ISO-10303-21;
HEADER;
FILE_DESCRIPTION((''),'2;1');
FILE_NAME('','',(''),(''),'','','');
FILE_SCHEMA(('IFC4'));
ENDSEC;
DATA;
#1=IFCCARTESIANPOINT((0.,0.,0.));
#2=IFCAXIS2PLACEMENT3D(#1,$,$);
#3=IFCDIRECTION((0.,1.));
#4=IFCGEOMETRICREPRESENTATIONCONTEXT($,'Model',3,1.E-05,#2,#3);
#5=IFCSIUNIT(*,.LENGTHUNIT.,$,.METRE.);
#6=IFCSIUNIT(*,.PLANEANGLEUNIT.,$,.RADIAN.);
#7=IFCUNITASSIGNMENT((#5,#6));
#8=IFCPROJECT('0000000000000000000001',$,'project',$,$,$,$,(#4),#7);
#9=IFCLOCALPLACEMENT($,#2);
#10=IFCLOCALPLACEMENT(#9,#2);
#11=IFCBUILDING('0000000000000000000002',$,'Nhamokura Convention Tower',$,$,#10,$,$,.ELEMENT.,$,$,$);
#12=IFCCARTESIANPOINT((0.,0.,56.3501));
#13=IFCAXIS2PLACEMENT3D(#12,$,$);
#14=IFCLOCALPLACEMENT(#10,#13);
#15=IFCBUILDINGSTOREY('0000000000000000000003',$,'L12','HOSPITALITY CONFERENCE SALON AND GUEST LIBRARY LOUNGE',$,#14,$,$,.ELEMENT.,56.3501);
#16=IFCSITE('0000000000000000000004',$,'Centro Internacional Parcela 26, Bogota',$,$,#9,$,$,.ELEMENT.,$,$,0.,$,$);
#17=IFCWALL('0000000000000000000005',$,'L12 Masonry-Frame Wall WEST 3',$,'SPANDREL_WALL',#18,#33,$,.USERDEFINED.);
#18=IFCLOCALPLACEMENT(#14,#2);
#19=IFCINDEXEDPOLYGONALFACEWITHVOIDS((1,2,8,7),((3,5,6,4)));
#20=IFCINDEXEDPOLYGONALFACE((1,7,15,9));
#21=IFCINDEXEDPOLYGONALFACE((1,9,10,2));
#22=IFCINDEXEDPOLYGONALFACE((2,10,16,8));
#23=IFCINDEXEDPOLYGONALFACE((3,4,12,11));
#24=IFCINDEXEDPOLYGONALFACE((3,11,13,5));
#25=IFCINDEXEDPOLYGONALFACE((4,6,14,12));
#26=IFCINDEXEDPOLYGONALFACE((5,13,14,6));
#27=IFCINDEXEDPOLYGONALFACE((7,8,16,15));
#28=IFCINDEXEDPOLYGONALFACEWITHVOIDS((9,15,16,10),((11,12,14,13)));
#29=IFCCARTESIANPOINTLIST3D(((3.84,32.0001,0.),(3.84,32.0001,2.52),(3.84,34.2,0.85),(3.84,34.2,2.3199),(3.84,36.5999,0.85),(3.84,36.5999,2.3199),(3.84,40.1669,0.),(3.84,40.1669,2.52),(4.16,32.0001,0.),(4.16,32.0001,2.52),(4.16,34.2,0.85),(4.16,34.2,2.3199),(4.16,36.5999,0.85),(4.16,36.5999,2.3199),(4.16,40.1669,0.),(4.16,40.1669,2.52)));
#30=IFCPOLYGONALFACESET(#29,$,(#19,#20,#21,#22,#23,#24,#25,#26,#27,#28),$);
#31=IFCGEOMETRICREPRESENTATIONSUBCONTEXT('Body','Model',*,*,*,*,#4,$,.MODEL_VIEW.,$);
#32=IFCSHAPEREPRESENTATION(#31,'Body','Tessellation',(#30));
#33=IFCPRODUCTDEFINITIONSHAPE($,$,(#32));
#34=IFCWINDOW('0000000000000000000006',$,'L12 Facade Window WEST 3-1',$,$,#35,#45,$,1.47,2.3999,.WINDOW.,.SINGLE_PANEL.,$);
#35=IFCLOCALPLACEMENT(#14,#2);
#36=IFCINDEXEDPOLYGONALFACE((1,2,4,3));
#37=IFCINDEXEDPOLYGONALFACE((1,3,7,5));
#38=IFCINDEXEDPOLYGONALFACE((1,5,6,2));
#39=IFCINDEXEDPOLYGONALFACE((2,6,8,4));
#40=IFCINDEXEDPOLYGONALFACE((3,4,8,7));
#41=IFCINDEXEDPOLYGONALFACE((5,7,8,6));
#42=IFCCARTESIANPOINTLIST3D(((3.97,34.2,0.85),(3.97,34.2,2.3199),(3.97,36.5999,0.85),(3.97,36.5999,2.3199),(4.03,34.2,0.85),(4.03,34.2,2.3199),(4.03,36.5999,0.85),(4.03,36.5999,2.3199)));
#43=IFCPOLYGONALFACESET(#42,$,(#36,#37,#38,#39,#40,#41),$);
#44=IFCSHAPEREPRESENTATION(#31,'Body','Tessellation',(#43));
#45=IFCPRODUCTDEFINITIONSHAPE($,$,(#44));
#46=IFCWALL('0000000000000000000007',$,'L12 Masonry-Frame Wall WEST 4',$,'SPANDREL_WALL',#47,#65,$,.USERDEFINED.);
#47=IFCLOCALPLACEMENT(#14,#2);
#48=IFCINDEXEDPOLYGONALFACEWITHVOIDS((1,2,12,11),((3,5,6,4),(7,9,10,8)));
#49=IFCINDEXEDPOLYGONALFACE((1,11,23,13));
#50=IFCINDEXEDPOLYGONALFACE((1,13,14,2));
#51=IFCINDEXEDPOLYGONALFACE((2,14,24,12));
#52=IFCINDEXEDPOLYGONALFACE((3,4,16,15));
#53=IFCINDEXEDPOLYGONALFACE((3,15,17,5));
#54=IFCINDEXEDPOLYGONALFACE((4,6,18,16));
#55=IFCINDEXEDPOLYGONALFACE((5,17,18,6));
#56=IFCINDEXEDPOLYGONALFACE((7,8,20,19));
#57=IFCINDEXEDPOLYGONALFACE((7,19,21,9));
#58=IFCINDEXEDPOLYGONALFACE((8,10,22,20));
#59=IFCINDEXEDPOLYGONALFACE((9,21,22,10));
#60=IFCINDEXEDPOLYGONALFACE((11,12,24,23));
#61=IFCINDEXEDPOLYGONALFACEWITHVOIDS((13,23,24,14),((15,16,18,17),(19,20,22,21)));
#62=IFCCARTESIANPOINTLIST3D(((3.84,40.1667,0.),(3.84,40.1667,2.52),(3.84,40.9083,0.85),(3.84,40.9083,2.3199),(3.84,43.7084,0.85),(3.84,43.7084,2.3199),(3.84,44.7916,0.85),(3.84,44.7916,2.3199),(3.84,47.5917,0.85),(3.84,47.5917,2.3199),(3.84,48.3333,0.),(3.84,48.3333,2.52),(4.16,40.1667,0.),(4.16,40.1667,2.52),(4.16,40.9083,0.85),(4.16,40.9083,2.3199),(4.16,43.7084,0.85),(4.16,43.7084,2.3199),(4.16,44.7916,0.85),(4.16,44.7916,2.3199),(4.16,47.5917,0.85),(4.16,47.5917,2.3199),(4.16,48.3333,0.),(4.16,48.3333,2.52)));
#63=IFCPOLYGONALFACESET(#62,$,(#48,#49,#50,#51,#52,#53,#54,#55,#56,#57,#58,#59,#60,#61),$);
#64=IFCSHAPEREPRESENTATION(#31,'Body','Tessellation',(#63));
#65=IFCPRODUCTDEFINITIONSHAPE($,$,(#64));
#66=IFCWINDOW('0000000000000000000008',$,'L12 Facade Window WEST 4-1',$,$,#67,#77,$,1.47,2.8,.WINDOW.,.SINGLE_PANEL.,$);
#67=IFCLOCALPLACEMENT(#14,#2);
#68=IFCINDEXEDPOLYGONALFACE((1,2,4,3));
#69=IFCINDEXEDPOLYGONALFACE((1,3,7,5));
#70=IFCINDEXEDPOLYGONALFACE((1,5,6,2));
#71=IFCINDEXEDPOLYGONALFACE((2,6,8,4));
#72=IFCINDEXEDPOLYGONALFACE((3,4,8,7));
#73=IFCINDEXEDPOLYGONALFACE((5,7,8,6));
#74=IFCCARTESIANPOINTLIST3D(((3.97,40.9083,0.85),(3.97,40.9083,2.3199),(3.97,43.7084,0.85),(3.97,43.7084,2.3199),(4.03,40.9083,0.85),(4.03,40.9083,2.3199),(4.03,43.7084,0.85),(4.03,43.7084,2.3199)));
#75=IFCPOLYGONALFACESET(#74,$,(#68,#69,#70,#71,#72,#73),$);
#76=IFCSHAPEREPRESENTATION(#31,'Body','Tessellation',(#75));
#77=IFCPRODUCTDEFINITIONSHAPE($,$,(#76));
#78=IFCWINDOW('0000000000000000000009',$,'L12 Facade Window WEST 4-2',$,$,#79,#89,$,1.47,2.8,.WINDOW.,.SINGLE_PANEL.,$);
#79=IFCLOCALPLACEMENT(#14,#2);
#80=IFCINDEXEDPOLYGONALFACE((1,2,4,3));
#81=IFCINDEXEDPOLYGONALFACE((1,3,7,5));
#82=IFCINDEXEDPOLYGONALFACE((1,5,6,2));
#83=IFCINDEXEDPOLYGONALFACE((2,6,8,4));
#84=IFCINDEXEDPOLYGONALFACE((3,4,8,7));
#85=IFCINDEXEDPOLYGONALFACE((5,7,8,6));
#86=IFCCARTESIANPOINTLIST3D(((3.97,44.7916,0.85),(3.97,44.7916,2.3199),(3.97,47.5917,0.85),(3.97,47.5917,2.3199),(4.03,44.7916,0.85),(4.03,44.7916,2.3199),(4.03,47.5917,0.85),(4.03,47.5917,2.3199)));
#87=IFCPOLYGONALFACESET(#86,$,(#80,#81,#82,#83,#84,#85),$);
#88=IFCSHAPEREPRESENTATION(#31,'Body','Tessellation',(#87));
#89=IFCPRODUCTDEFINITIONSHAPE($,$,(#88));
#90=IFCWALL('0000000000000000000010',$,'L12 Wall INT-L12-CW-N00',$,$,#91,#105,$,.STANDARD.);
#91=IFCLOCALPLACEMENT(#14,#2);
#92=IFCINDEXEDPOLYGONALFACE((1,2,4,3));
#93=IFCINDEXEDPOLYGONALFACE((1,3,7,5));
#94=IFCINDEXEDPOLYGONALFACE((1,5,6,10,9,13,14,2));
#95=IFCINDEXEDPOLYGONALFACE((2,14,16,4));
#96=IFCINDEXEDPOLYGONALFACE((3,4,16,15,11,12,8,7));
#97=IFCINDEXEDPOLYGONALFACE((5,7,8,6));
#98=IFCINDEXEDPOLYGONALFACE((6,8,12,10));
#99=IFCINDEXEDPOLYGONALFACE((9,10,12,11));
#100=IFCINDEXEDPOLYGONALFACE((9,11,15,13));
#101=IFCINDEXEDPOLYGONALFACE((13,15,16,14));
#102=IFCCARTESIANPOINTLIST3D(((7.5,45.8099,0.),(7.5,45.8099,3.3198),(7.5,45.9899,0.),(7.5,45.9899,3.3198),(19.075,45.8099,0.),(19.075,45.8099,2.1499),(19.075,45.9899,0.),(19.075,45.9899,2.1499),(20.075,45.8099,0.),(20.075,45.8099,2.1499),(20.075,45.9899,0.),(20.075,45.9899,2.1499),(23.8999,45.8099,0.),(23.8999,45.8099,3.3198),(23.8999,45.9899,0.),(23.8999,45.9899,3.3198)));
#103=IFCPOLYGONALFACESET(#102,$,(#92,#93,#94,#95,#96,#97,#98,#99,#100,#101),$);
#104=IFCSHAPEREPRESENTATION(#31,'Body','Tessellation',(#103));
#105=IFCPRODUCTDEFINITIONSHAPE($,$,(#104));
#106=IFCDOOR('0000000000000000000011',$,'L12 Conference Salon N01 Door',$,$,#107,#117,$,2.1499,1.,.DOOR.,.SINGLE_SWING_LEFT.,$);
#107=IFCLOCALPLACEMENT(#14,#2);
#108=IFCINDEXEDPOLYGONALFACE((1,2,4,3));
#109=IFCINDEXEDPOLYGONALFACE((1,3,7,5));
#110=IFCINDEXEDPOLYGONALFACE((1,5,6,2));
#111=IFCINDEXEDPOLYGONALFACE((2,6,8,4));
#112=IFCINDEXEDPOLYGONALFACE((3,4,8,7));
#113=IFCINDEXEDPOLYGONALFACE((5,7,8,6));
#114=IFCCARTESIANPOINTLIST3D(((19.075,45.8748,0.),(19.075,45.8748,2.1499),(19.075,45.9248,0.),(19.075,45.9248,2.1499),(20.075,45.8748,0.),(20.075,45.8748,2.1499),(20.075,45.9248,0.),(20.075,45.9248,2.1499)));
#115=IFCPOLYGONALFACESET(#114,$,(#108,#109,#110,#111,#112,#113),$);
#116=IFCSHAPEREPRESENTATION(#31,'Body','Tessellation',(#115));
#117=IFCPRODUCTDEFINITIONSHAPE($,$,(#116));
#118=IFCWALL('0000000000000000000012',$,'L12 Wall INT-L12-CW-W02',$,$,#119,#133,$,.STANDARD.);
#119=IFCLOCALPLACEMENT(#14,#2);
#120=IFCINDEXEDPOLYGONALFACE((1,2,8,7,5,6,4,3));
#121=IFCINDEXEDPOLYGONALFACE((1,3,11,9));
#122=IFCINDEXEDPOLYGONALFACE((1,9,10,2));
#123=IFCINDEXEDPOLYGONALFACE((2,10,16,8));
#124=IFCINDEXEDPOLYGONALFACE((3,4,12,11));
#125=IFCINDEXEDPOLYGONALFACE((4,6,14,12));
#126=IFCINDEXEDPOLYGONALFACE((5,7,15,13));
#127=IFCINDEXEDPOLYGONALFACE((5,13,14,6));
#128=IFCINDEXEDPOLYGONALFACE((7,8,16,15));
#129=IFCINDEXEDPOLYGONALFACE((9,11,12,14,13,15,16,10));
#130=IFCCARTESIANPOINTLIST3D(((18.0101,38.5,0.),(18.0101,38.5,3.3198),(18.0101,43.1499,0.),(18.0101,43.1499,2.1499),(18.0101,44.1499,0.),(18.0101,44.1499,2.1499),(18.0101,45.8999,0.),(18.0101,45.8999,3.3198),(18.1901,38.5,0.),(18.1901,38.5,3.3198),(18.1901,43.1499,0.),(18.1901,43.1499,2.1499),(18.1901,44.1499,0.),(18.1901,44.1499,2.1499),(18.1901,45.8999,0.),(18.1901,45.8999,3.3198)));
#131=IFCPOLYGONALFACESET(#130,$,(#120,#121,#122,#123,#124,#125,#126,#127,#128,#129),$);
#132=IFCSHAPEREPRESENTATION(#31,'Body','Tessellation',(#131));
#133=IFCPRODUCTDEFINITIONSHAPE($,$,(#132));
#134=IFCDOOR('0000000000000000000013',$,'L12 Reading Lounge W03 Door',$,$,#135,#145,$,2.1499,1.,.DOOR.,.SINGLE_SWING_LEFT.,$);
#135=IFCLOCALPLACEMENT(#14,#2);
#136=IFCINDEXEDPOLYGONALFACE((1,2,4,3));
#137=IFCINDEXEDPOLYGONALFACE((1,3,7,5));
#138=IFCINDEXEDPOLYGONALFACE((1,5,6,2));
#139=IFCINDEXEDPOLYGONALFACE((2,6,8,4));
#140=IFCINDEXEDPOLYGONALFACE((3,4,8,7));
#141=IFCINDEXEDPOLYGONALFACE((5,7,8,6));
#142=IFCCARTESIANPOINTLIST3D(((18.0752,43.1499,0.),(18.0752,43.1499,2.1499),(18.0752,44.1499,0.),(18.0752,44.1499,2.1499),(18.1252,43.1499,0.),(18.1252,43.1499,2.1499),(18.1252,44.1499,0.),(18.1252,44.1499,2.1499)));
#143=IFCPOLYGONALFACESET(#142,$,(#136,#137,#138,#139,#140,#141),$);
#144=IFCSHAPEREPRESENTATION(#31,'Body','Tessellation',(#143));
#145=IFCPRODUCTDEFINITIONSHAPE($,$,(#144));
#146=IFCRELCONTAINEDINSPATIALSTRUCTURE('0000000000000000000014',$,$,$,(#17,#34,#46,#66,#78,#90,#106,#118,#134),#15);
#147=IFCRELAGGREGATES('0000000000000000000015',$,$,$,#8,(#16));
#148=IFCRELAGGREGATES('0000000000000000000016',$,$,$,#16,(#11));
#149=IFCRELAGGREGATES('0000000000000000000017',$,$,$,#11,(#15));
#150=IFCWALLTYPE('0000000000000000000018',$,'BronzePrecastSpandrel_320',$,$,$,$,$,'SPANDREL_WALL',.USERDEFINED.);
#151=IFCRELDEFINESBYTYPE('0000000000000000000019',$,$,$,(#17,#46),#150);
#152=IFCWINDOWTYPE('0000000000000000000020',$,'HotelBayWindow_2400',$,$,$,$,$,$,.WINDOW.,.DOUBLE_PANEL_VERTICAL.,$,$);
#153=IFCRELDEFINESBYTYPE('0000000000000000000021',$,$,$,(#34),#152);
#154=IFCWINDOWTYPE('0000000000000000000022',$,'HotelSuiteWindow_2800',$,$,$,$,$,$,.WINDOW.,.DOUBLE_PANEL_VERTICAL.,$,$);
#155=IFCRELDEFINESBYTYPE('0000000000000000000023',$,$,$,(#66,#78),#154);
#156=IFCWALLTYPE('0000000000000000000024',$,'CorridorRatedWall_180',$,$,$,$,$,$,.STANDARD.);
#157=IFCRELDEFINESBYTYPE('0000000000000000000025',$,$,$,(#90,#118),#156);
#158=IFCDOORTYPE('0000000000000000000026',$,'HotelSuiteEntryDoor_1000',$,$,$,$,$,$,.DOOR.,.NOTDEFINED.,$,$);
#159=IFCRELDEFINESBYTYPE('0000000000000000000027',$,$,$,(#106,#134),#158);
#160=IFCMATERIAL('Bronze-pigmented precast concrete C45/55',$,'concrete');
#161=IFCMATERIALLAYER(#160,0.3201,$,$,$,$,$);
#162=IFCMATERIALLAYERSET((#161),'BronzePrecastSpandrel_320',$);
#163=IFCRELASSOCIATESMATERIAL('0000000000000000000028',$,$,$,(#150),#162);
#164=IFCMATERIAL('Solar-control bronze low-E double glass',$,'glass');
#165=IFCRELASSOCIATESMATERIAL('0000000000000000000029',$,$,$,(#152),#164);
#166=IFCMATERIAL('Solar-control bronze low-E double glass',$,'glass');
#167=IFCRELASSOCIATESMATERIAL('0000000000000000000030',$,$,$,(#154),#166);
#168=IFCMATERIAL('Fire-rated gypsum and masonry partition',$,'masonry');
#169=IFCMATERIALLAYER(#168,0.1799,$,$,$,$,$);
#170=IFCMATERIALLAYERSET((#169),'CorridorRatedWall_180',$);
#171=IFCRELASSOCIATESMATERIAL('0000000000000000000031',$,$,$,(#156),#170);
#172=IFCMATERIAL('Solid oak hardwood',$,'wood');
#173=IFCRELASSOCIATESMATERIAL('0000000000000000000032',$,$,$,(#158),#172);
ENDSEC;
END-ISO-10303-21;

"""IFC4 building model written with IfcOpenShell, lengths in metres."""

from ifc_helpers import new_model, si_unit, direction, frame, frame_2d, origin, place, context, subcontext, project, spatial, rectangle, extrude, material, layer, layer_set, type_object, element, fill, save


model = new_model("IFC4")

# Units and contexts
model_context = context("Model", 3, precision=1e-05, world=origin(), true_north=direction((0.0, 1.0)))
body_context = subcontext(model_context, "Body", "Model", "MODEL_VIEW")
ifc_project = project(units=[si_unit("LENGTHUNIT", "METRE"), si_unit("PLANEANGLEUNIT", "RADIAN")], contexts=[model_context])

# Site, building, storey
site_placement = place(None, origin())
site = spatial("IfcSite", under=ifc_project, at=site_placement, Name="Centro Internacional Parcela 26, Bogota", CompositionType="ELEMENT", RefElevation=0.0)
building_placement = place(site_placement, origin())
building = spatial("IfcBuilding", under=site, at=building_placement, Name="Nhamokura Convention Tower", CompositionType="ELEMENT")
storey_placement = place(building_placement, frame((0.0, 0.0, 56.3501)))
storey = spatial("IfcBuildingStorey", under=building, at=storey_placement, Name="L12", Description="HOSPITALITY CONFERENCE SALON AND GUEST LIBRARY LOUNGE", CompositionType="ELEMENT", Elevation=56.3501)

# Wall, opening, window
ifc_material_1 = material(Name="Bronze-pigmented precast concrete C45/55", Category="concrete")
ifc_layer_1 = layer(ifc_material_1, 0.3201)
ifc_layer_set_1 = layer_set([ifc_layer_1], Name="BronzePrecastSpandrel_320")
wall_type_1 = type_object("IfcWallType", Name="BronzePrecastSpandrel_320", ElementType="SPANDREL_WALL", PredefinedType="USERDEFINED", material=ifc_layer_set_1)
wall_1_placement = place(storey_placement, frame((4.0, 32.0, 0.0), z_axis=(0.0, 0.0, 1.0), x_axis=(0.0, 1.0, 0.0)))
wall_1 = element("IfcWall", 1, at=wall_1_placement, inside=storey, type_object=wall_type_1, Name="L12 Masonry-Frame Wall WEST 3", ObjectType="SPANDREL_WALL", PredefinedType="USERDEFINED", context=body_context, shape_type="SweptSolid", body=[
    extrude(rectangle(XDim=8.1667, YDim=0.3201, at=frame_2d((4.0835, 0.0))), origin(), (0.0, 0.0, 1.0), 2.52),
])
opening_1_placement = place(wall_1_placement, frame((2.2, 0.0, 0.8501)))
opening_1 = element("IfcOpeningElement", 2, at=opening_1_placement, cuts=wall_1, PredefinedType="OPENING", context=body_context, shape_type="SweptSolid", body=[
    extrude(rectangle(XDim=2.3999, YDim=1.47, at=frame_2d((1.2, 0.7349))), frame((0.0, 0.1699, 0.0), z_axis=(0.0, -1.0, 0.0), x_axis=(1.0, 0.0, 0.0)), (0.0, 0.0, 1.0), 0.3401),
])
ifc_material_2 = material(Name="Solar-control bronze low-E double glass", Category="glass")
window_type_1 = type_object("IfcWindowType", Name="HotelBayWindow_2400", PartitioningType="DOUBLE_PANEL_VERTICAL", PredefinedType="WINDOW", material=ifc_material_2)
window_1_placement = place(opening_1_placement, origin())
window_1 = element("IfcWindow", 3, at=window_1_placement, inside=storey, type_object=window_type_1, Name="L12 Facade Window WEST 3-1", OverallHeight=1.47, OverallWidth=2.3999, PartitioningType="SINGLE_PANEL", PredefinedType="WINDOW", context=body_context, shape_type="SweptSolid", body=[
    extrude(rectangle(XDim=2.3999, YDim=1.47, at=frame_2d((1.2, 0.7349))), frame((0.0, 0.03, 0.0), z_axis=(0.0, -1.0, 0.0), x_axis=(1.0, 0.0, 0.0)), (0.0, 0.0, 1.0), 0.0601),
])
fill(opening_1, window_1)

# Wall, openings, windows
wall_2_placement = place(storey_placement, frame((4.0, 40.1667, 0.0), z_axis=(0.0, 0.0, 1.0), x_axis=(0.0, 1.0, 0.0)))
wall_2 = element("IfcWall", 4, at=wall_2_placement, inside=storey, type_object=wall_type_1, Name="L12 Masonry-Frame Wall WEST 4", ObjectType="SPANDREL_WALL", PredefinedType="USERDEFINED", context=body_context, shape_type="SweptSolid", body=[
    extrude(rectangle(XDim=8.1665, YDim=0.3201, at=frame_2d((4.0833, 0.0))), origin(), (0.0, 0.0, 1.0), 2.52),
])
opening_2_placement = place(wall_2_placement, frame((0.7417, 0.0, 0.8501)))
opening_2 = element("IfcOpeningElement", 5, at=opening_2_placement, cuts=wall_2, PredefinedType="OPENING", context=body_context, shape_type="SweptSolid", body=[
    extrude(rectangle(XDim=2.8, YDim=1.47, at=frame_2d((1.3999, 0.7349))), frame((0.0, 0.1699, 0.0), z_axis=(0.0, -1.0, 0.0), x_axis=(1.0, 0.0, 0.0)), (0.0, 0.0, 1.0), 0.3401),
])
opening_3_placement = place(wall_2_placement, frame((4.625, 0.0, 0.8501)))
opening_3 = element("IfcOpeningElement", 6, at=opening_3_placement, cuts=wall_2, PredefinedType="OPENING", context=body_context, shape_type="SweptSolid", body=[
    extrude(rectangle(XDim=2.8, YDim=1.47, at=frame_2d((1.3999, 0.7349))), frame((0.0, 0.1699, 0.0), z_axis=(0.0, -1.0, 0.0), x_axis=(1.0, 0.0, 0.0)), (0.0, 0.0, 1.0), 0.3401),
])
ifc_material_3 = material(Name="Solar-control bronze low-E double glass", Category="glass")
window_type_2 = type_object("IfcWindowType", Name="HotelSuiteWindow_2800", PartitioningType="DOUBLE_PANEL_VERTICAL", PredefinedType="WINDOW", material=ifc_material_3)
window_2_placement = place(opening_2_placement, origin())
window_2 = element("IfcWindow", 7, at=window_2_placement, inside=storey, type_object=window_type_2, Name="L12 Facade Window WEST 4-1", OverallHeight=1.47, OverallWidth=2.8, PartitioningType="SINGLE_PANEL", PredefinedType="WINDOW", context=body_context, shape_type="SweptSolid", body=[
    extrude(rectangle(XDim=2.8, YDim=1.47, at=frame_2d((1.3999, 0.7349))), frame((0.0, 0.03, 0.0), z_axis=(0.0, -1.0, 0.0), x_axis=(1.0, 0.0, 0.0)), (0.0, 0.0, 1.0), 0.0601),
])
fill(opening_2, window_2)
window_3_placement = place(opening_3_placement, origin())
window_3 = element("IfcWindow", 8, at=window_3_placement, inside=storey, type_object=window_type_2, Name="L12 Facade Window WEST 4-2", OverallHeight=1.47, OverallWidth=2.8, PartitioningType="SINGLE_PANEL", PredefinedType="WINDOW", context=body_context, shape_type="SweptSolid", body=[
    extrude(rectangle(XDim=2.8, YDim=1.47, at=frame_2d((1.3999, 0.7349))), frame((0.0, 0.03, 0.0), z_axis=(0.0, -1.0, 0.0), x_axis=(1.0, 0.0, 0.0)), (0.0, 0.0, 1.0), 0.0601),
])
fill(opening_3, window_3)

# Walls, openings, doors
ifc_material_4 = material(Name="Fire-rated gypsum and masonry partition", Category="masonry")
ifc_layer_2 = layer(ifc_material_4, 0.1799)
ifc_layer_set_2 = layer_set([ifc_layer_2], Name="CorridorRatedWall_180")
wall_type_2 = type_object("IfcWallType", Name="CorridorRatedWall_180", PredefinedType="STANDARD", material=ifc_layer_set_2)
wall_3_placement = place(storey_placement, frame((7.5, 45.8999, 0.0), z_axis=(0.0, 0.0, 1.0), x_axis=(1.0, 0.0, 0.0)))
wall_3 = element("IfcWall", 9, at=wall_3_placement, inside=storey, type_object=wall_type_2, Name="L12 Wall INT-L12-CW-N00", PredefinedType="STANDARD", context=body_context, shape_type="SweptSolid", body=[
    extrude(rectangle(XDim=16.3999, YDim=0.1799, at=frame_2d((8.2, 0.0))), origin(), (0.0, 0.0, 1.0), 3.3198),
])
opening_4_placement = place(wall_3_placement, frame((11.575, 0.0, 0.0)))
opening_4 = element("IfcOpeningElement", 10, at=opening_4_placement, cuts=wall_3, PredefinedType="OPENING", context=body_context, shape_type="SweptSolid", body=[
    extrude(rectangle(XDim=1.0, YDim=2.1499, at=frame_2d((0.5, 1.075))), frame((0.0, 0.0999, 0.0), z_axis=(0.0, -1.0, 0.0), x_axis=(1.0, 0.0, 0.0)), (0.0, 0.0, 1.0), 0.2),
])
ifc_material_5 = material(Name="Solid oak hardwood", Category="wood")
door_type_1 = type_object("IfcDoorType", Name="HotelSuiteEntryDoor_1000", OperationType="NOTDEFINED", PredefinedType="DOOR", material=ifc_material_5)
door_1_placement = place(opening_4_placement, origin())
door_1 = element("IfcDoor", 11, at=door_1_placement, inside=storey, type_object=door_type_1, Name="L12 Conference Salon N01 Door", OperationType="SINGLE_SWING_LEFT", OverallHeight=2.1499, OverallWidth=1.0, PredefinedType="DOOR", context=body_context, shape_type="SweptSolid", body=[
    extrude(rectangle(XDim=1.0, YDim=2.1499, at=frame_2d((0.5, 1.075))), frame((0.0, 0.0249, 0.0), z_axis=(0.0, -1.0, 0.0), x_axis=(1.0, 0.0, 0.0)), (0.0, 0.0, 1.0), 0.05),
])
fill(opening_4, door_1)
wall_4_placement = place(storey_placement, frame((18.1001, 38.5, 0.0), z_axis=(0.0, 0.0, 1.0), x_axis=(0.0, 1.0, 0.0)))
wall_4 = element("IfcWall", 12, at=wall_4_placement, inside=storey, type_object=wall_type_2, Name="L12 Wall INT-L12-CW-W02", PredefinedType="STANDARD", context=body_context, shape_type="SweptSolid", body=[
    extrude(rectangle(XDim=7.3999, YDim=0.1799, at=frame_2d((3.7, 0.0))), origin(), (0.0, 0.0, 1.0), 3.3198),
])
opening_5_placement = place(wall_4_placement, frame((4.6499, 0.0, 0.0)))
opening_5 = element("IfcOpeningElement", 13, at=opening_5_placement, cuts=wall_4, PredefinedType="OPENING", context=body_context, shape_type="SweptSolid", body=[
    extrude(rectangle(XDim=1.0, YDim=2.1499, at=frame_2d((0.5, 1.075))), frame((0.0, 0.0999, 0.0), z_axis=(0.0, -1.0, 0.0), x_axis=(1.0, 0.0, 0.0)), (0.0, 0.0, 1.0), 0.2),
])
door_2_placement = place(opening_5_placement, origin())
door_2 = element("IfcDoor", 14, at=door_2_placement, inside=storey, type_object=door_type_1, Name="L12 Reading Lounge W03 Door", OperationType="SINGLE_SWING_LEFT", OverallHeight=2.1499, OverallWidth=1.0, PredefinedType="DOOR", context=body_context, shape_type="SweptSolid", body=[
    extrude(rectangle(XDim=1.0, YDim=2.1499, at=frame_2d((0.5, 1.075))), frame((0.0, 0.0249, 0.0), z_axis=(0.0, -1.0, 0.0), x_axis=(1.0, 0.0, 0.0)), (0.0, 0.0, 1.0), 0.05),
])
fill(opening_5, door_2)

save(model, "model.ifc")
